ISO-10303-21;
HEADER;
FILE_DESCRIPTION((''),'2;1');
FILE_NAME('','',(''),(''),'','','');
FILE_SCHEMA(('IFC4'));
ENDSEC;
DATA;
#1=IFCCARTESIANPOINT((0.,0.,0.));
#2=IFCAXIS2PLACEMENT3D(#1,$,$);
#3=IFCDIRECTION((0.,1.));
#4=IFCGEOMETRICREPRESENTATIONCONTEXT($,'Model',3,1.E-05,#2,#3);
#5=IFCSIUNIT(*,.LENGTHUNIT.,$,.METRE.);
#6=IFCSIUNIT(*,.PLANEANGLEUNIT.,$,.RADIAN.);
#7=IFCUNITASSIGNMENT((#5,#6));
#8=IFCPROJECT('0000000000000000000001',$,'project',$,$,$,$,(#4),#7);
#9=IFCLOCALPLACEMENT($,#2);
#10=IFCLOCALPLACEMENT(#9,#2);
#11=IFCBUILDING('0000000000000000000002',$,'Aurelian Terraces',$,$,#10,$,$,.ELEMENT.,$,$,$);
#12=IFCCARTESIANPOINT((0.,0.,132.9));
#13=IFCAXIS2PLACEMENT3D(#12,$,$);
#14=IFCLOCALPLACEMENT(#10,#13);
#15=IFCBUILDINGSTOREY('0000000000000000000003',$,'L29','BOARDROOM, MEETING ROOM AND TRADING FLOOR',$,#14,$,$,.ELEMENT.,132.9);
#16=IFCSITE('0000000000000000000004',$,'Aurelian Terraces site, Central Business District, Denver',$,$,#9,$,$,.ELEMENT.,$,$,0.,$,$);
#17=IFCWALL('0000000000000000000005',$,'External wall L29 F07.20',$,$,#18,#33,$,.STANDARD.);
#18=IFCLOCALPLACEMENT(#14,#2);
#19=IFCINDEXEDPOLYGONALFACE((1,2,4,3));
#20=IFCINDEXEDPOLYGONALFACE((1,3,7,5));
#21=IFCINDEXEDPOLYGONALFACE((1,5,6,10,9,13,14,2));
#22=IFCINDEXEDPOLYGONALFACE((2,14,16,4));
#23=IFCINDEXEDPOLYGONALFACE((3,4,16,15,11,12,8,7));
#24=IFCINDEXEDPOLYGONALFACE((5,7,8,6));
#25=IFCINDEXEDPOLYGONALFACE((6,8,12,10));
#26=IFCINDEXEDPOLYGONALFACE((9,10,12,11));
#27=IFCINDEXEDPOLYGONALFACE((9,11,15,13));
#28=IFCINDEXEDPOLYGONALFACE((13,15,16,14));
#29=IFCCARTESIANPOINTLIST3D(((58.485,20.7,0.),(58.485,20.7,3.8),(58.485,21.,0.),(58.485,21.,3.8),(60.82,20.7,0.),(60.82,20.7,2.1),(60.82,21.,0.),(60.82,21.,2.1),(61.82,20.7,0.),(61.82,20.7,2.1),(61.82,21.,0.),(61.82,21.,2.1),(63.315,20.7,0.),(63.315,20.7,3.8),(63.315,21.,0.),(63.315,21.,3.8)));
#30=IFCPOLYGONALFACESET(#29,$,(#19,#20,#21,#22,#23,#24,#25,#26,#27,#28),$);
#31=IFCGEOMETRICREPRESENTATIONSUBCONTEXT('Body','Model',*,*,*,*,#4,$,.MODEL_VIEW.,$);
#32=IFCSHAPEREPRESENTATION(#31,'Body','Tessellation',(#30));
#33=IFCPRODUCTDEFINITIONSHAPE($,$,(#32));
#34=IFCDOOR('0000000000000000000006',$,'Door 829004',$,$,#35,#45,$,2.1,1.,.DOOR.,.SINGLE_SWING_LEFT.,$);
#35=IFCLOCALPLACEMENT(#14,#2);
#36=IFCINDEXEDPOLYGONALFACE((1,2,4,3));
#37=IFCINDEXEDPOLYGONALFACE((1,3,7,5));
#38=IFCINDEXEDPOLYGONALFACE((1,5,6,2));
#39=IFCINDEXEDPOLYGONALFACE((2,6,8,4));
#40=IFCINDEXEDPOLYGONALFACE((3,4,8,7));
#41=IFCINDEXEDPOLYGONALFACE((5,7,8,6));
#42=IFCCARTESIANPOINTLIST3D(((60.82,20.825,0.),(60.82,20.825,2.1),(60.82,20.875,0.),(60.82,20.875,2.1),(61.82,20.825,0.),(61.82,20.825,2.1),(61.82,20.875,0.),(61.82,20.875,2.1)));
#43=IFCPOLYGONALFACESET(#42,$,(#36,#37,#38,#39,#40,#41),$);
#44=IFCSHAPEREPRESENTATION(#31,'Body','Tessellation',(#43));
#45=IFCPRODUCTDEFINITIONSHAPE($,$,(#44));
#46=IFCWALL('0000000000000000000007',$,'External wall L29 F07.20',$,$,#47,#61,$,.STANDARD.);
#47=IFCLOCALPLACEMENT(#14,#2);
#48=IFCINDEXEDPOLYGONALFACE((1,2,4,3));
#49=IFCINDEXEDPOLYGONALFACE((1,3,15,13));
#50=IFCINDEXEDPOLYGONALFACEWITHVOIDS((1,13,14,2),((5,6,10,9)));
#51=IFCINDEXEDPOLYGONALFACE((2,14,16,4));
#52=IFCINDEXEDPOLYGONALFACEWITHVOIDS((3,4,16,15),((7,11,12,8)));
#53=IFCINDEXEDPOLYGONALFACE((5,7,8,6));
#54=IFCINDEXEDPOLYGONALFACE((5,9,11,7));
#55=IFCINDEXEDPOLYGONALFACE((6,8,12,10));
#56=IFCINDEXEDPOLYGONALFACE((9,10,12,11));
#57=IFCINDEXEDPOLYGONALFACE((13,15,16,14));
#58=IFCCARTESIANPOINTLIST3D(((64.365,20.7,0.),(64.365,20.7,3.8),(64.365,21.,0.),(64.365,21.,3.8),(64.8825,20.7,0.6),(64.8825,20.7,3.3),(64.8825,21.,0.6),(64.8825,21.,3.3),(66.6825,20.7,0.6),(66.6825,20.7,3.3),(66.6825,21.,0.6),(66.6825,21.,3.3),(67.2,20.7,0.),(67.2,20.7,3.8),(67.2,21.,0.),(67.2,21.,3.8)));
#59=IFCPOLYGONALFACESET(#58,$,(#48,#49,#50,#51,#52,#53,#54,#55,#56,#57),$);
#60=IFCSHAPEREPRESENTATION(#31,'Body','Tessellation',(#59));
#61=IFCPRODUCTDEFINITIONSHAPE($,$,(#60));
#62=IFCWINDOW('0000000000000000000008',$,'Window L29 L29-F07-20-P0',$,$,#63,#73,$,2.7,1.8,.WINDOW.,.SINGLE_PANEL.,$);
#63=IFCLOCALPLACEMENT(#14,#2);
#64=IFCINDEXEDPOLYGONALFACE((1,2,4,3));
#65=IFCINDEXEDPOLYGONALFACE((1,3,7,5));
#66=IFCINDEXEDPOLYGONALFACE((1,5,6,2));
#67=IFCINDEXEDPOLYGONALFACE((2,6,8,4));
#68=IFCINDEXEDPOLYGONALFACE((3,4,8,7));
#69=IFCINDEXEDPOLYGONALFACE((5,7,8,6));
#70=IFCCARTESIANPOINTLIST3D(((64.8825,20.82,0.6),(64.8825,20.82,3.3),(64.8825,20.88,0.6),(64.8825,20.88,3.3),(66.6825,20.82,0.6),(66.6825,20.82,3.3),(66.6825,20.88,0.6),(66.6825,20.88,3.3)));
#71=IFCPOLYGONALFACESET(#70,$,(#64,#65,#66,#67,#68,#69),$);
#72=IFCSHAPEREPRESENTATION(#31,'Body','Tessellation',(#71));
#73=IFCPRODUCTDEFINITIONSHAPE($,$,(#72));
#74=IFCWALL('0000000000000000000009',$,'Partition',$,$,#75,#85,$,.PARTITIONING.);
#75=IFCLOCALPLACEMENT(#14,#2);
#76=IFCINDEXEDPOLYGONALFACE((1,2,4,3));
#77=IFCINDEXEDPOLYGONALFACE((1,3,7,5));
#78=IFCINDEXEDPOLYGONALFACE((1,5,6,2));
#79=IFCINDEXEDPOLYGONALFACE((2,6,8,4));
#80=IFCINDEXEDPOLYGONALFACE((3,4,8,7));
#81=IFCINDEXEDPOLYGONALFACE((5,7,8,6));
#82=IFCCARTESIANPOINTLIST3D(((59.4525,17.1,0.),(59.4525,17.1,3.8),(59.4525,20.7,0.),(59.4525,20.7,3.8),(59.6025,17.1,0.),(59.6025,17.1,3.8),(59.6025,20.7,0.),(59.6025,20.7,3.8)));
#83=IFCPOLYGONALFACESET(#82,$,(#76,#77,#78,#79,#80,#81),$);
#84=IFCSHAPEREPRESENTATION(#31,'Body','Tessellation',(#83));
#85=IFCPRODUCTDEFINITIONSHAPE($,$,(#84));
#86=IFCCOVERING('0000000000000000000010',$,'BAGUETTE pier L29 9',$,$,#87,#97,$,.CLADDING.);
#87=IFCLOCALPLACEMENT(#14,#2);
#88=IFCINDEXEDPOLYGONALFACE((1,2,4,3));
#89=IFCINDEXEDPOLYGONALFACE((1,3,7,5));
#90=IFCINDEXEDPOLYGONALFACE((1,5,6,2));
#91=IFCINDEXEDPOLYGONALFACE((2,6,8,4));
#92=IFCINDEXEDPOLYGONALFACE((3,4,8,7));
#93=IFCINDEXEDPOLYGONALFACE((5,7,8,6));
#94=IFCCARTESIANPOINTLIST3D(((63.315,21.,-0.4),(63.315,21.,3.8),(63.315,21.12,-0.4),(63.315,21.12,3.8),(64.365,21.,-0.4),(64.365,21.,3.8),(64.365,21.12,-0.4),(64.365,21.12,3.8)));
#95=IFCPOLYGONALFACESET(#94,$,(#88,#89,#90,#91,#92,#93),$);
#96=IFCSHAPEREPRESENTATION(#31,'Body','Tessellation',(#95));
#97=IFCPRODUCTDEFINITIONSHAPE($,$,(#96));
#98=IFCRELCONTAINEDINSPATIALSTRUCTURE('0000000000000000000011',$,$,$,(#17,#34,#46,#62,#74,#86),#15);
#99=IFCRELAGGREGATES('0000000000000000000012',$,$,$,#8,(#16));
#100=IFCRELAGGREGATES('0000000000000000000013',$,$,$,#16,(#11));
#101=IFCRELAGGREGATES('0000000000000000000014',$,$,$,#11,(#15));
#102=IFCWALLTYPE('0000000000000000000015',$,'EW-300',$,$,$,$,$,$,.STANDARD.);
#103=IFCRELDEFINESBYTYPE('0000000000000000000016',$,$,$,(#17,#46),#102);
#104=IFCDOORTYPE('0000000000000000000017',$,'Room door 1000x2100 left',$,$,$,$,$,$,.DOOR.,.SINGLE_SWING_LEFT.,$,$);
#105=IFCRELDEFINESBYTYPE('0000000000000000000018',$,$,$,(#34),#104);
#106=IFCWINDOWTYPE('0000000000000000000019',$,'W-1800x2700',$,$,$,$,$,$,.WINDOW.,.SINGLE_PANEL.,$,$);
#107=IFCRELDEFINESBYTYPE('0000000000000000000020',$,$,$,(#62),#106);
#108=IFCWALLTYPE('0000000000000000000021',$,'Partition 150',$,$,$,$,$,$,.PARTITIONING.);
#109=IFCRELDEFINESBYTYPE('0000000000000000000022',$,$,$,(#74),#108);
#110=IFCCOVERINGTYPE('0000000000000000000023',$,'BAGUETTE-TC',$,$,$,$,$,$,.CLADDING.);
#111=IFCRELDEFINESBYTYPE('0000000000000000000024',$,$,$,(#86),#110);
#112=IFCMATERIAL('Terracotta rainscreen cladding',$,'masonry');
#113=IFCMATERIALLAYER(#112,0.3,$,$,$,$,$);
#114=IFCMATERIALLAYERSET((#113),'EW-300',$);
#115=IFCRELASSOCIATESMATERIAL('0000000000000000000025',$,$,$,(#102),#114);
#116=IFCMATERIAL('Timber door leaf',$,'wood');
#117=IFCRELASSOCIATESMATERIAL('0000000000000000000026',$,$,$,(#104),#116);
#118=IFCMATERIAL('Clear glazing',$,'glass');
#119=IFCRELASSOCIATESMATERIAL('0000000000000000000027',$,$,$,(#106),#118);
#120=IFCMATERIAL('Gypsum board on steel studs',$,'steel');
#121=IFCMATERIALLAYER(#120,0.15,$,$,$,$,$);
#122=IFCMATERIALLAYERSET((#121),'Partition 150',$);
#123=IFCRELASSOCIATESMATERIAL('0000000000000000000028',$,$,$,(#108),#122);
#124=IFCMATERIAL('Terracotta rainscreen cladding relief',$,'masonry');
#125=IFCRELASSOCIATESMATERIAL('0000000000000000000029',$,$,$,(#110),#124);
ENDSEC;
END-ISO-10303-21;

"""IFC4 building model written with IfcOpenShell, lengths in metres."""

from ifc_helpers import new_model, si_unit, direction, frame, frame_2d, origin, origin_2d, place, context, subcontext, project, spatial, rectangle, extrude, source, transform, mapped, material, layer, layer_set, type_object, element, fill, save


model = new_model("IFC4")

# Units and contexts
model_context = context("Model", 3, precision=1e-05, world=origin(), true_north=direction((0.0, 1.0)))
body_context = subcontext(model_context, "Body", "Model", "MODEL_VIEW")
ifc_project = project(units=[si_unit("LENGTHUNIT", "METRE"), si_unit("PLANEANGLEUNIT", "RADIAN")], contexts=[model_context])

# Site, building, storey
site_placement = place(None, origin())
site = spatial("IfcSite", under=ifc_project, at=site_placement, Name="Aurelian Terraces site, Central Business District, Denver", CompositionType="ELEMENT", RefElevation=0.0)
building_placement = place(site_placement, origin())
building = spatial("IfcBuilding", under=site, at=building_placement, Name="Aurelian Terraces", CompositionType="ELEMENT")
storey_placement = place(building_placement, frame((0.0, 0.0, 132.9)))
storey = spatial("IfcBuildingStorey", under=building, at=storey_placement, Name="L29", Description="BOARDROOM, MEETING ROOM AND TRADING FLOOR", CompositionType="ELEMENT", Elevation=132.9)

# Shared definitions
ifc_material_1 = material(Name="Clear glazing", Category="glass")

# Wall, opening, door
ifc_material_2 = material(Name="Terracotta rainscreen cladding", Category="masonry")
ifc_layer_1 = layer(ifc_material_2, 0.3)
ifc_layer_set_1 = layer_set([ifc_layer_1], Name="EW-300")
wall_type_1 = type_object("IfcWallType", Name="EW-300", PredefinedType="STANDARD", material=ifc_layer_set_1)
shared_shape_1 = source(origin(), body_context, "Body", "SweptSolid", [
    extrude(rectangle(XDim=4.83, YDim=0.3, at=frame_2d((2.415, 0.0))), origin(), (0.0, 0.0, 1.0), 3.8),
])
wall_1_placement = place(storey_placement, frame((63.315, 20.85, 0.0), z_axis=(0.0, 0.0, 1.0), x_axis=(-1.0, 0.0, 0.0)))
wall_1 = element("IfcWall", 1, at=wall_1_placement, inside=storey, type_object=wall_type_1, Name="External wall L29 F07.20", PredefinedType="STANDARD", context=body_context, shape_type="MappedRepresentation", body=[
    mapped(shared_shape_1, transform((0.0, 0.0, 0.0), scale=1.0)),
])
shared_shape_2 = source(origin(), body_context, "Body", "SweptSolid", [
    extrude(rectangle(XDim=1.0, YDim=2.1, at=frame_2d((0.5, 1.05))), frame((0.0, 0.16, 0.0), z_axis=(0.0, -1.0, 0.0), x_axis=(1.0, 0.0, 0.0)), (0.0, 0.0, 1.0), 0.32),
])
opening_1_placement = place(wall_1_placement, frame((1.495, 0.0, 0.0)))
opening_1 = element("IfcOpeningElement", 2, at=opening_1_placement, cuts=wall_1, PredefinedType="OPENING", context=body_context, shape_type="MappedRepresentation", body=[
    mapped(shared_shape_2, transform((0.0, 0.0, 0.0), scale=1.0)),
])
ifc_material_3 = material(Name="Timber door leaf", Category="wood")
door_type = type_object("IfcDoorType", Name="Room door 1000x2100 left", OperationType="SINGLE_SWING_LEFT", PredefinedType="DOOR", material=ifc_material_3)
shared_shape_3 = source(origin(), body_context, "Body", "SweptSolid", [
    extrude(rectangle(XDim=1.0, YDim=2.1, at=frame_2d((0.5, 1.05))), frame((0.0, 0.025, 0.0), z_axis=(0.0, -1.0, 0.0), x_axis=(1.0, 0.0, 0.0)), (0.0, 0.0, 1.0), 0.05),
])
door_placement = place(opening_1_placement, origin())
door = element("IfcDoor", 3, at=door_placement, inside=storey, type_object=door_type, Name="Door 829004", OperationType="SINGLE_SWING_LEFT", OverallHeight=2.1, OverallWidth=1.0, PredefinedType="DOOR", context=body_context, shape_type="MappedRepresentation", body=[
    mapped(shared_shape_3, transform((0.0, 0.0, 0.0), scale=1.0)),
])
fill(opening_1, door)

# Wall, opening, window
shared_shape_4 = source(origin(), body_context, "Body", "SweptSolid", [
    extrude(rectangle(XDim=2.835, YDim=0.3, at=frame_2d((1.4175, 0.0))), origin(), (0.0, 0.0, 1.0), 3.8),
])
wall_2_placement = place(storey_placement, frame((67.2, 20.85, 0.0), z_axis=(0.0, 0.0, 1.0), x_axis=(-1.0, 0.0, 0.0)))
wall_2 = element("IfcWall", 4, at=wall_2_placement, inside=storey, type_object=wall_type_1, Name="External wall L29 F07.20", PredefinedType="STANDARD", context=body_context, shape_type="MappedRepresentation", body=[
    mapped(shared_shape_4, transform((0.0, 0.0, 0.0), scale=1.0)),
])
shared_shape_5 = source(origin(), body_context, "Body", "SweptSolid", [
    extrude(rectangle(XDim=1.8, YDim=2.7, at=frame_2d((0.9, 1.35))), frame((0.0, 0.16, 0.0), z_axis=(0.0, -1.0, 0.0), x_axis=(1.0, 0.0, 0.0)), (0.0, 0.0, 1.0), 0.32),
])
opening_2_placement = place(wall_2_placement, frame((0.5175, 0.0, 0.6)))
opening_2 = element("IfcOpeningElement", 5, at=opening_2_placement, cuts=wall_2, PredefinedType="OPENING", context=body_context, shape_type="MappedRepresentation", body=[
    mapped(shared_shape_5, transform((0.0, 0.0, 0.0), scale=1.0)),
])
window_type_1 = type_object("IfcWindowType", Name="W-1800x2700", PartitioningType="SINGLE_PANEL", PredefinedType="WINDOW", material=ifc_material_1)
shared_shape_6 = source(origin(), body_context, "Body", "SweptSolid", [
    extrude(rectangle(XDim=1.8, YDim=2.7, at=frame_2d((0.9, 1.35))), frame((0.0, 0.03, 0.0), z_axis=(0.0, -1.0, 0.0), x_axis=(1.0, 0.0, 0.0)), (0.0, 0.0, 1.0), 0.06),
])
window_1_placement = place(opening_2_placement, origin())
window_1 = element("IfcWindow", 6, at=window_1_placement, inside=storey, type_object=window_type_1, Name="Window L29 L29-F07-20-P0", OverallHeight=2.7, OverallWidth=1.8, PartitioningType="SINGLE_PANEL", PredefinedType="WINDOW", context=body_context, shape_type="MappedRepresentation", body=[
    mapped(shared_shape_6, transform((0.0, 0.0, 0.0), scale=1.0)),
])
fill(opening_2, window_1)

# Wall
ifc_material_4 = material(Name="Gypsum board on steel studs", Category="steel")
ifc_layer_2 = layer(ifc_material_4, 0.15)
ifc_layer_set_2 = layer_set([ifc_layer_2], Name="Partition 150")
wall_type_2 = type_object("IfcWallType", Name="Partition 150", PredefinedType="PARTITIONING", material=ifc_layer_set_2)
shared_shape_7 = source(origin(), body_context, "Body", "SweptSolid", [
    extrude(rectangle(XDim=3.6, YDim=0.15, at=frame_2d((1.8, 0.0))), origin(), (0.0, 0.0, 1.0), 3.8),
])
wall_3_placement = place(storey_placement, frame((59.5275, 20.7, 0.0), z_axis=(0.0, 0.0, 1.0), x_axis=(0.0, -1.0, 0.0)))
element("IfcWall", 7, at=wall_3_placement, inside=storey, type_object=wall_type_2, Name="Partition", PredefinedType="PARTITIONING", context=body_context, shape_type="MappedRepresentation", body=[
    mapped(shared_shape_7, transform((0.0, 0.0, 0.0), scale=1.0)),
])

# Covering
ifc_material_5 = material(Name="Terracotta rainscreen cladding relief", Category="masonry")
covering_type = type_object("IfcCoveringType", Name="BAGUETTE-TC", PredefinedType="CLADDING", material=ifc_material_5)
shared_shape_8 = source(origin(), body_context, "Body", "SweptSolid", [
    extrude(rectangle(XDim=1.05, YDim=0.12, at=origin_2d()), origin(), (0.0, 0.0, 1.0), 4.2),
])
covering_placement = place(storey_placement, frame((63.84, 21.06, -0.4), z_axis=(0.0, 0.0, 1.0), x_axis=(1.0, 0.0, 0.0)))
element("IfcCovering", 8, at=covering_placement, inside=storey, type_object=covering_type, Name="BAGUETTE pier L29 9", PredefinedType="CLADDING", context=body_context, shape_type="MappedRepresentation", body=[
    mapped(shared_shape_8, transform((0.0, 0.0, 0.0), scale=1.0)),
])

save(model, "model.ifc")
